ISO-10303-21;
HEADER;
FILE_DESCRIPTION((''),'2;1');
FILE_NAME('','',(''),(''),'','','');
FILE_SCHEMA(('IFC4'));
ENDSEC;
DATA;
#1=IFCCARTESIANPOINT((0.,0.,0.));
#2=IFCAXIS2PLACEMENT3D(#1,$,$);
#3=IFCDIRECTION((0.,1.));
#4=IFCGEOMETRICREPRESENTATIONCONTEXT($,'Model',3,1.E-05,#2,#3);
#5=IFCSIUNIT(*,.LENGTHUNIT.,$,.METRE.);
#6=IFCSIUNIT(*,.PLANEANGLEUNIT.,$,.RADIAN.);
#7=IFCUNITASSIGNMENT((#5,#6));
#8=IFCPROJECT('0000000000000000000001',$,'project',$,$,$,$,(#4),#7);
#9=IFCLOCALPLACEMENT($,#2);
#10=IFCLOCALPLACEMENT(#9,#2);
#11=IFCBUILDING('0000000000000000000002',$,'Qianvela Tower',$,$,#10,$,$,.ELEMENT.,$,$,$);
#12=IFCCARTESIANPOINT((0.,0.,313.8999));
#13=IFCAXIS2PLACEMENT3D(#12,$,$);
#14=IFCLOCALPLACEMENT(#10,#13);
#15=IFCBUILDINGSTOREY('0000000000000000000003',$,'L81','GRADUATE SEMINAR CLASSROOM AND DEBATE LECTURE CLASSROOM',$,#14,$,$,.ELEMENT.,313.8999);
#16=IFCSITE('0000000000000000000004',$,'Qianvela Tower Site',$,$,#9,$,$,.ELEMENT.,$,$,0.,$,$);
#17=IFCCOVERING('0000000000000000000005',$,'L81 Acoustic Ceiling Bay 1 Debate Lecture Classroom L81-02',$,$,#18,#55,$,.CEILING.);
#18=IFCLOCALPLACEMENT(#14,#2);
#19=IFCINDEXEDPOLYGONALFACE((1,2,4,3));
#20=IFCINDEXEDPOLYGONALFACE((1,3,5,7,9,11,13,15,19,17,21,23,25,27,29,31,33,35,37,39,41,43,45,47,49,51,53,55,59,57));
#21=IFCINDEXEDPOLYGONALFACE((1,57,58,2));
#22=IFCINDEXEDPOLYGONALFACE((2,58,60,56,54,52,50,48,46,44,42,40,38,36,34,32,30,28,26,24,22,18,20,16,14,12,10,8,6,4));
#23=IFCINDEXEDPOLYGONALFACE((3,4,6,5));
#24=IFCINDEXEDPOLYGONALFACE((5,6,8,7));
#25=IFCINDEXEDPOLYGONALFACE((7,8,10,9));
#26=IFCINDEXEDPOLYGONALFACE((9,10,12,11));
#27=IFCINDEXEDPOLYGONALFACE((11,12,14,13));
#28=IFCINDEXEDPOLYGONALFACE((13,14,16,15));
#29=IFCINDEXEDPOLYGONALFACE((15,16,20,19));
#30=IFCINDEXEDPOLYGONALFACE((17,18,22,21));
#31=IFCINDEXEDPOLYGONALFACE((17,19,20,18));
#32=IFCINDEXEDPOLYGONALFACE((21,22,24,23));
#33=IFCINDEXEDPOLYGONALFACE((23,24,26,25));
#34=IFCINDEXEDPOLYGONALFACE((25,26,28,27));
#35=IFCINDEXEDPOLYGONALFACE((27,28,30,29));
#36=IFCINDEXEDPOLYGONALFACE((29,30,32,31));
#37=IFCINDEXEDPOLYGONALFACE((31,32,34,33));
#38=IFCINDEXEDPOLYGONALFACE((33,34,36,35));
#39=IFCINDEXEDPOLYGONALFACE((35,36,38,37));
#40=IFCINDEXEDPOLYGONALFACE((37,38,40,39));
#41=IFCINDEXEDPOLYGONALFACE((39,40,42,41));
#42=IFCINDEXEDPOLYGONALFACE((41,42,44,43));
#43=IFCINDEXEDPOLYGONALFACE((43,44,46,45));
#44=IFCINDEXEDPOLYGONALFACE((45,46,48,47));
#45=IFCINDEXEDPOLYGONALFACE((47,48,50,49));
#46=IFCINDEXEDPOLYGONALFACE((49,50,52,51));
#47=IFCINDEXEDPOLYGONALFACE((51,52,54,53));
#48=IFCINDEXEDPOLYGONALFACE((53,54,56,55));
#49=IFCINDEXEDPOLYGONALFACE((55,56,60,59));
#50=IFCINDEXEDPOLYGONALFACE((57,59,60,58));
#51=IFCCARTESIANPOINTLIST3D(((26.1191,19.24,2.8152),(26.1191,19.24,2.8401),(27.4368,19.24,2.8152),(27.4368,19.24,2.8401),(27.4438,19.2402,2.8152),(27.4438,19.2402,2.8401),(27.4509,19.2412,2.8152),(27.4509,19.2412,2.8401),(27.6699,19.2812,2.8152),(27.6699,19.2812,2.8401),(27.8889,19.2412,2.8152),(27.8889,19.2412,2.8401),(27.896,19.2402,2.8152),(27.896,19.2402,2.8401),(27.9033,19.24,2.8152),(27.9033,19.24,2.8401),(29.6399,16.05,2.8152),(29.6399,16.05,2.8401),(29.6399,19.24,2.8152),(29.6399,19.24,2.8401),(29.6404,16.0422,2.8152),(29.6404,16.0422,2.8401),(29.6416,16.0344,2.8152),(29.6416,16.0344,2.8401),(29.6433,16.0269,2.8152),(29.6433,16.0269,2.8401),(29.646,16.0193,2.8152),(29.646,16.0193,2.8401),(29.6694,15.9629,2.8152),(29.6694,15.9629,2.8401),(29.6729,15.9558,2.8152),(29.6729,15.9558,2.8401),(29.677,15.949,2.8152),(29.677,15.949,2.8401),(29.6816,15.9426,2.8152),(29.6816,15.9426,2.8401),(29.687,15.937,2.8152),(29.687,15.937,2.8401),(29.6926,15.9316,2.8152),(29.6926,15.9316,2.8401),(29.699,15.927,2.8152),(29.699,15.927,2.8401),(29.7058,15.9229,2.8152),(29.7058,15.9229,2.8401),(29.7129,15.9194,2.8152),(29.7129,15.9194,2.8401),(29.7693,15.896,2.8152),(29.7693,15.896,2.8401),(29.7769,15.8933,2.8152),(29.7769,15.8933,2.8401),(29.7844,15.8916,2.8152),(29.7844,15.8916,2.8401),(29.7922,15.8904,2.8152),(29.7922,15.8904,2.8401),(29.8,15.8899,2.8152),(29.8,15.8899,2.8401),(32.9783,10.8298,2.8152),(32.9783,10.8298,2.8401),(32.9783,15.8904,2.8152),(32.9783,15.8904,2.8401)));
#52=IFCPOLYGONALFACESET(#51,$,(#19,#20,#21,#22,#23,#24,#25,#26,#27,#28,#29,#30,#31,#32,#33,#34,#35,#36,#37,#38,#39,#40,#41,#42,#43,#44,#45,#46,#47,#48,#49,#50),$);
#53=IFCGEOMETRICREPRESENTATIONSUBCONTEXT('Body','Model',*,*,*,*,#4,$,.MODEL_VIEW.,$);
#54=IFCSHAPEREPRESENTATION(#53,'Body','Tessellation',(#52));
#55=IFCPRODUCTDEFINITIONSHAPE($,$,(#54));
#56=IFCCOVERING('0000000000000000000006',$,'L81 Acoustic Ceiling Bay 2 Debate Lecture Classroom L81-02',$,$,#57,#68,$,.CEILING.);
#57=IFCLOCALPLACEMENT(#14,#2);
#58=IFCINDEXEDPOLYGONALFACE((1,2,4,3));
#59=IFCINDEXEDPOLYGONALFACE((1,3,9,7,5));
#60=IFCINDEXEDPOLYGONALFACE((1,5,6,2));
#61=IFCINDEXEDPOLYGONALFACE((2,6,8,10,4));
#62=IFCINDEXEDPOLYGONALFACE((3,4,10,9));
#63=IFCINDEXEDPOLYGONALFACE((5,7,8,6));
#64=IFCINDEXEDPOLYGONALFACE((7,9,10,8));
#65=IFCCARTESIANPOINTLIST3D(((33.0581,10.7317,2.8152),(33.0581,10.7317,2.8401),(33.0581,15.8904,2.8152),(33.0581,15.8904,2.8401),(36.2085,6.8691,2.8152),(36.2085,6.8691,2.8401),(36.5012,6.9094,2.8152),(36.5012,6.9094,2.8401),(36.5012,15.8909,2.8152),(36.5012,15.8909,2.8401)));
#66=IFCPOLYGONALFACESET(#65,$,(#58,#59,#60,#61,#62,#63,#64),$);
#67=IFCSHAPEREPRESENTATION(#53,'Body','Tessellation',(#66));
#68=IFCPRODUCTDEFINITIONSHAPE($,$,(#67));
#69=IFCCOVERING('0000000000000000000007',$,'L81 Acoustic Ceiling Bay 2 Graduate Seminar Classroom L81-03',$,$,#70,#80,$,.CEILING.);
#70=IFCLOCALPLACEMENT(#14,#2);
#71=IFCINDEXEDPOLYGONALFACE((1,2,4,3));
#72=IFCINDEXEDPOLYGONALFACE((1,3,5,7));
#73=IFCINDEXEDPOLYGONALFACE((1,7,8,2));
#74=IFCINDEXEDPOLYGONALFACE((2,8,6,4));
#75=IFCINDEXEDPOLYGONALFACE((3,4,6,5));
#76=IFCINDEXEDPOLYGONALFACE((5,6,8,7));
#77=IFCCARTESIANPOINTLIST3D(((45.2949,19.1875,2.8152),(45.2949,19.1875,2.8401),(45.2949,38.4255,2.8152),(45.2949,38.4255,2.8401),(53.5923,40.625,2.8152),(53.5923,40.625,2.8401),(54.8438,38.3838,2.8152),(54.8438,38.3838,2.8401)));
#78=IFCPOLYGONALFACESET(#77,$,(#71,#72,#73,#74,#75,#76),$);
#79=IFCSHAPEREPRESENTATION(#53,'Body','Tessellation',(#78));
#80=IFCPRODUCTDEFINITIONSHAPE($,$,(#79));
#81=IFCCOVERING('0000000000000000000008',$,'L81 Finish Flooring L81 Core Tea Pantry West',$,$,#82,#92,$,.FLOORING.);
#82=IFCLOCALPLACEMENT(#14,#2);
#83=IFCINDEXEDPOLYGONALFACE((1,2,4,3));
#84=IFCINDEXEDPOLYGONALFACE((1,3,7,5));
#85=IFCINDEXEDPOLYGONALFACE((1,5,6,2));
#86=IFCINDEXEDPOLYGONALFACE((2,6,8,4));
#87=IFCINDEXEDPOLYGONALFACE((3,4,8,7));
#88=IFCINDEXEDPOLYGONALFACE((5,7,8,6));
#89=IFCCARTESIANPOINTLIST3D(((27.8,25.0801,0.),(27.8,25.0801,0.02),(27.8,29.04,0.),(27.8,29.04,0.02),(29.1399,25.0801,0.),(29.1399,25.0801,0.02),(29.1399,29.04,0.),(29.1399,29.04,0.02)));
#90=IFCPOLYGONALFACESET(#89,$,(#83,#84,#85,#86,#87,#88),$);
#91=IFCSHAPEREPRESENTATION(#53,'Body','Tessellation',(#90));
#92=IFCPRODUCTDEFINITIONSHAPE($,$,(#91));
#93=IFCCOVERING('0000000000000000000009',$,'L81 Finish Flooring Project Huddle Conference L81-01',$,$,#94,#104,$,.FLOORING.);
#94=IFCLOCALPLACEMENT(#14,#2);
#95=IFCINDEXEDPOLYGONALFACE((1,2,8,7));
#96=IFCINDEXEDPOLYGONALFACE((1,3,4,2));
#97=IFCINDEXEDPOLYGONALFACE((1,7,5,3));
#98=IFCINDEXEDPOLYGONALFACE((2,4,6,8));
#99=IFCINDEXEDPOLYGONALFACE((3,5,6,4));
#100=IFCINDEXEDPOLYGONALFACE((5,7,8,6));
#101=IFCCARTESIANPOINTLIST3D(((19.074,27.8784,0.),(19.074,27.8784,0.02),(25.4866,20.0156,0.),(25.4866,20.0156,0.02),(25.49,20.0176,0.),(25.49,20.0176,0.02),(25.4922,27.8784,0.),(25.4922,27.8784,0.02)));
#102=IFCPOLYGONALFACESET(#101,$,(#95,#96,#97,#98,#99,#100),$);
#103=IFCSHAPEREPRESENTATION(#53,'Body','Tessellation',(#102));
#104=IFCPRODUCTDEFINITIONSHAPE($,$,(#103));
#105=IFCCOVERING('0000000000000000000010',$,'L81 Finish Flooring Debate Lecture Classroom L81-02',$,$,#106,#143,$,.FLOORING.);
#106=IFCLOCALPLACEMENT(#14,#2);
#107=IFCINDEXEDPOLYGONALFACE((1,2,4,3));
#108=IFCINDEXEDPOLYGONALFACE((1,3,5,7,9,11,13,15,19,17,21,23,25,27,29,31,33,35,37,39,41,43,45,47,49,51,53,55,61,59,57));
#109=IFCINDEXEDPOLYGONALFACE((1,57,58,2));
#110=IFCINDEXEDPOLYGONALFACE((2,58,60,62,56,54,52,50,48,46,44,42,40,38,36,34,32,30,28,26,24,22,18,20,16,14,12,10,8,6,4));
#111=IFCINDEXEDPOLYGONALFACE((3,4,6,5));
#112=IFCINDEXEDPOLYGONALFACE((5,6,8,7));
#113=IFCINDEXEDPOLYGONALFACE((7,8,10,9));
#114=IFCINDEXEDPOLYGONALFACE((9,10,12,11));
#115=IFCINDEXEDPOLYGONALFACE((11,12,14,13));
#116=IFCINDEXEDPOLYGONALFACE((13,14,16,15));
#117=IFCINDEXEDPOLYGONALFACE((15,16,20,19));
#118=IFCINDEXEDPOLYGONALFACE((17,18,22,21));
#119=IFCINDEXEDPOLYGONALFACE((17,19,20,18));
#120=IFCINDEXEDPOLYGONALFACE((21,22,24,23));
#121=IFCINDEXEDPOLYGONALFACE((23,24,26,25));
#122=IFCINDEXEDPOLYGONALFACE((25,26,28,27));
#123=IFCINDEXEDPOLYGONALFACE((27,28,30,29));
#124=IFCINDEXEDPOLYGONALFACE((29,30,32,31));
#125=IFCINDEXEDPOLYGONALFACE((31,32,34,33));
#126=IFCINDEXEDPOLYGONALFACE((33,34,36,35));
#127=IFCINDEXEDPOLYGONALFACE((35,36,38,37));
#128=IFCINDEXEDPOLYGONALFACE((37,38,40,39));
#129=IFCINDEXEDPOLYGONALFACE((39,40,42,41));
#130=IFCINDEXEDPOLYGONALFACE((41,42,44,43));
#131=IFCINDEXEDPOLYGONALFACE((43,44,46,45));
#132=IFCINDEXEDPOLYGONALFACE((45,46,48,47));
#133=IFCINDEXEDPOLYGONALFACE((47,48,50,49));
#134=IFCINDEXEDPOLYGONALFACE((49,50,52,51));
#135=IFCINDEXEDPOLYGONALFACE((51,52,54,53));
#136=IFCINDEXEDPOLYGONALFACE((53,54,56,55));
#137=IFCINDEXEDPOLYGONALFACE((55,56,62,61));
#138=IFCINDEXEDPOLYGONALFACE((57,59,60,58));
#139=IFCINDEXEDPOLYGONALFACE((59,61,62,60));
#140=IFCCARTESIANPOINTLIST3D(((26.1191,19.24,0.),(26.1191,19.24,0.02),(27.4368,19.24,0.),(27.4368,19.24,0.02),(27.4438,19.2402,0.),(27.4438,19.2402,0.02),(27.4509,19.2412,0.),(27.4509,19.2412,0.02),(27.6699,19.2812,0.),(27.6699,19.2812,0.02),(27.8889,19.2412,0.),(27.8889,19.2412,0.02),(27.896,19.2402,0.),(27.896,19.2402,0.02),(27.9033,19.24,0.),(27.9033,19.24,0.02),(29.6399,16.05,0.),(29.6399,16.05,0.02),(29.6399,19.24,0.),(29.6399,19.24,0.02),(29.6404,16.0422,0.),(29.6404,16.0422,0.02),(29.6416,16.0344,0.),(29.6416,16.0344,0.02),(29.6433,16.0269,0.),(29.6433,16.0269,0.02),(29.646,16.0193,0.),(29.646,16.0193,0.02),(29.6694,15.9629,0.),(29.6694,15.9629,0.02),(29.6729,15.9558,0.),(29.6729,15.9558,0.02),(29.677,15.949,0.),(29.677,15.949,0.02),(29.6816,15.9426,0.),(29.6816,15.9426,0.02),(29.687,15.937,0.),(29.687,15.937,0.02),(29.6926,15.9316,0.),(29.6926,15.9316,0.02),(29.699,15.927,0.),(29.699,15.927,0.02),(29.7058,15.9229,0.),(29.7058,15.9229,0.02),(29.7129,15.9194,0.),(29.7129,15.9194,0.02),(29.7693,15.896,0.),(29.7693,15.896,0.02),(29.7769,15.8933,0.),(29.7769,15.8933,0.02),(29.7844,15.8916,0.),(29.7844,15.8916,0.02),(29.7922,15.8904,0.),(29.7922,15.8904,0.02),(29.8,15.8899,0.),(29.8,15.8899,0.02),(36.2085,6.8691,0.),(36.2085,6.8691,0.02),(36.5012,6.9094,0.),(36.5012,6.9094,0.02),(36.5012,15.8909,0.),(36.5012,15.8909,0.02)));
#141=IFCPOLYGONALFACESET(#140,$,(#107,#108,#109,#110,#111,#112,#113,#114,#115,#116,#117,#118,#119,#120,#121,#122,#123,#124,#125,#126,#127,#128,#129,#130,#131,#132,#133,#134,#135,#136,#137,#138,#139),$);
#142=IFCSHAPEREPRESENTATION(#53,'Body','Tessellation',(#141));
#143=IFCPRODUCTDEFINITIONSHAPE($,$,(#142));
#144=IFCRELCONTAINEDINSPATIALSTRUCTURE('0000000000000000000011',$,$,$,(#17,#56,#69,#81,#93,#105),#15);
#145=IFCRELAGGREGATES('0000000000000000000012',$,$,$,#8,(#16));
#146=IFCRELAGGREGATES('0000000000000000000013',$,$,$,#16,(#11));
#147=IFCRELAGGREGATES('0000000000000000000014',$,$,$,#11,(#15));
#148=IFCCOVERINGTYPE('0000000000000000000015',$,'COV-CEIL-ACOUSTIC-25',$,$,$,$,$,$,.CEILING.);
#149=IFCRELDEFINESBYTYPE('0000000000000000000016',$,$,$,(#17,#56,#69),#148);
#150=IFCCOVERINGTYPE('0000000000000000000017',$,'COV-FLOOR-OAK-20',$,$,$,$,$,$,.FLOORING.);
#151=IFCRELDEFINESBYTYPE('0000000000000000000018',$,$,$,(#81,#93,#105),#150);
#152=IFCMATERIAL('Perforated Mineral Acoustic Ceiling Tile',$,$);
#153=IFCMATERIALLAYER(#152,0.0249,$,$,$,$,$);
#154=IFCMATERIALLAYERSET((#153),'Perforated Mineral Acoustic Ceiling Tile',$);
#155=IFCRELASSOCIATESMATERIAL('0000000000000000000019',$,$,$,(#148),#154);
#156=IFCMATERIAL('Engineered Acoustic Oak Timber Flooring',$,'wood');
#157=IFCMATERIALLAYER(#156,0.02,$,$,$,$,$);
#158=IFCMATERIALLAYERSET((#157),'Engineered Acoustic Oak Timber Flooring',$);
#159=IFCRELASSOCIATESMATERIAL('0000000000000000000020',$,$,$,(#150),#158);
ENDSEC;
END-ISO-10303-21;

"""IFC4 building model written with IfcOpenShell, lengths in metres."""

from ifc_helpers import new_model, si_unit, direction, frame, origin, place, context, subcontext, project, spatial, polyline, outline, extrude, material, layer, layer_set, type_object, element, save


model = new_model("IFC4")

# Units and contexts
model_context = context("Model", 3, precision=1e-05, world=origin(), true_north=direction((0.0, 1.0)))
body_context = subcontext(model_context, "Body", "Model", "MODEL_VIEW")
ifc_project = project(units=[si_unit("LENGTHUNIT", "METRE"), si_unit("PLANEANGLEUNIT", "RADIAN")], contexts=[model_context])

# Site, building, storey
site_placement = place(None, origin())
site = spatial("IfcSite", under=ifc_project, at=site_placement, Name="Qianvela Tower Site", CompositionType="ELEMENT", RefElevation=0.0)
building_placement = place(site_placement, origin())
building = spatial("IfcBuilding", under=site, at=building_placement, Name="Qianvela Tower", CompositionType="ELEMENT")
storey_placement = place(building_placement, frame((0.0, 0.0, 313.8999)))
storey = spatial("IfcBuildingStorey", under=building, at=storey_placement, Name="L81", Description="GRADUATE SEMINAR CLASSROOM AND DEBATE LECTURE CLASSROOM", CompositionType="ELEMENT", Elevation=313.8999)

# Coverings
ifc_material_1 = material(Name="Perforated Mineral Acoustic Ceiling Tile")
ifc_layer_1 = layer(ifc_material_1, 0.0249)
ifc_layer_set_1 = layer_set([ifc_layer_1], Name="Perforated Mineral Acoustic Ceiling Tile")
covering_type_1 = type_object("IfcCoveringType", Name="COV-CEIL-ACOUSTIC-25", PredefinedType="CEILING", material=ifc_layer_set_1)
covering_1_placement = place(storey_placement, frame((0.0, 0.0, 2.8152)))
element("IfcCovering", 1, at=covering_1_placement, inside=storey, type_object=covering_type_1, Name="L81 Acoustic Ceiling Bay 1 Debate Lecture Classroom L81-02", PredefinedType="CEILING", context=body_context, shape_type="SweptSolid", body=[
    extrude(outline(polyline([(27.4438, 19.2402), (27.4509, 19.2412), (27.6699, 19.2812), (27.8889, 19.2412), (27.896, 19.2402), (27.9033, 19.24), (29.6399, 19.24), (29.6399, 16.05), (29.6404, 16.0422), (29.6416, 16.0344), (29.6433, 16.0269), (29.646, 16.0193), (29.6694, 15.9629), (29.6729, 15.9558), (29.677, 15.949), (29.6816, 15.9426), (29.687, 15.937), (29.6926, 15.9316), (29.699, 15.927), (29.7058, 15.9229), (29.7129, 15.9194), (29.7693, 15.896), (29.7769, 15.8933), (29.7844, 15.8916), (29.7922, 15.8904), (29.8, 15.8899), (32.9783, 15.8904), (32.9783, 10.8298), (26.1191, 19.24), (27.4368, 19.24), (27.4438, 19.2402)])), origin(), (0.0, 0.0, 1.0), 0.0249),
])
covering_2_placement = place(storey_placement, frame((0.0, 0.0, 2.8152)))
element("IfcCovering", 2, at=covering_2_placement, inside=storey, type_object=covering_type_1, Name="L81 Acoustic Ceiling Bay 2 Debate Lecture Classroom L81-02", PredefinedType="CEILING", context=body_context, shape_type="SweptSolid", body=[
    extrude(outline(polyline([(36.5012, 15.8909), (36.5012, 6.9094), (36.2085, 6.8691), (33.0581, 10.7317), (33.0581, 15.8904), (36.5012, 15.8909)])), origin(), (0.0, 0.0, 1.0), 0.0249),
])
covering_3_placement = place(storey_placement, frame((0.0, 0.0, 2.8152)))
element("IfcCovering", 3, at=covering_3_placement, inside=storey, type_object=covering_type_1, Name="L81 Acoustic Ceiling Bay 2 Graduate Seminar Classroom L81-03", PredefinedType="CEILING", context=body_context, shape_type="SweptSolid", body=[
    extrude(outline(polyline([(53.5923, 40.625), (54.8438, 38.3838), (45.2949, 19.1875), (45.2949, 38.4255), (53.5923, 40.625)])), origin(), (0.0, 0.0, 1.0), 0.0249),
])
ifc_material_2 = material(Name="Engineered Acoustic Oak Timber Flooring", Category="wood")
ifc_layer_2 = layer(ifc_material_2, 0.02)
ifc_layer_set_2 = layer_set([ifc_layer_2], Name="Engineered Acoustic Oak Timber Flooring")
covering_type_2 = type_object("IfcCoveringType", Name="COV-FLOOR-OAK-20", PredefinedType="FLOORING", material=ifc_layer_set_2)
covering_4_placement = place(storey_placement, origin())
element("IfcCovering", 4, at=covering_4_placement, inside=storey, type_object=covering_type_2, Name="L81 Finish Flooring L81 Core Tea Pantry West", PredefinedType="FLOORING", context=body_context, shape_type="SweptSolid", body=[
    extrude(outline(polyline([(27.8, 25.0801), (27.8, 29.04), (29.1399, 29.04), (29.1399, 25.0801), (27.8, 25.0801)])), origin(), (0.0, 0.0, 1.0), 0.02),
])
covering_5_placement = place(storey_placement, origin())
element("IfcCovering", 5, at=covering_5_placement, inside=storey, type_object=covering_type_2, Name="L81 Finish Flooring Project Huddle Conference L81-01", PredefinedType="FLOORING", context=body_context, shape_type="SweptSolid", body=[
    extrude(outline(polyline([(25.4866, 20.0156), (19.074, 27.8784), (25.4922, 27.8784), (25.49, 20.0176), (25.4866, 20.0156)])), origin(), (0.0, 0.0, 1.0), 0.02),
])
covering_6_placement = place(storey_placement, origin())
element("IfcCovering", 6, at=covering_6_placement, inside=storey, type_object=covering_type_2, Name="L81 Finish Flooring Debate Lecture Classroom L81-02", PredefinedType="FLOORING", context=body_context, shape_type="SweptSolid", body=[
    extrude(outline(polyline([(27.4368, 19.24), (27.4438, 19.2402), (27.4509, 19.2412), (27.6699, 19.2812), (27.8889, 19.2412), (27.896, 19.2402), (27.9033, 19.24), (29.6399, 19.24), (29.6399, 16.05), (29.6404, 16.0422), (29.6416, 16.0344), (29.6433, 16.0269), (29.646, 16.0193), (29.6694, 15.9629), (29.6729, 15.9558), (29.677, 15.949), (29.6816, 15.9426), (29.687, 15.937), (29.6926, 15.9316), (29.699, 15.927), (29.7058, 15.9229), (29.7129, 15.9194), (29.7693, 15.896), (29.7769, 15.8933), (29.7844, 15.8916), (29.7922, 15.8904), (29.8, 15.8899), (36.5012, 15.8909), (36.5012, 6.9094), (36.2085, 6.8691), (26.1191, 19.24), (27.4368, 19.24)])), origin(), (0.0, 0.0, 1.0), 0.02),
])

save(model, "model.ifc")
